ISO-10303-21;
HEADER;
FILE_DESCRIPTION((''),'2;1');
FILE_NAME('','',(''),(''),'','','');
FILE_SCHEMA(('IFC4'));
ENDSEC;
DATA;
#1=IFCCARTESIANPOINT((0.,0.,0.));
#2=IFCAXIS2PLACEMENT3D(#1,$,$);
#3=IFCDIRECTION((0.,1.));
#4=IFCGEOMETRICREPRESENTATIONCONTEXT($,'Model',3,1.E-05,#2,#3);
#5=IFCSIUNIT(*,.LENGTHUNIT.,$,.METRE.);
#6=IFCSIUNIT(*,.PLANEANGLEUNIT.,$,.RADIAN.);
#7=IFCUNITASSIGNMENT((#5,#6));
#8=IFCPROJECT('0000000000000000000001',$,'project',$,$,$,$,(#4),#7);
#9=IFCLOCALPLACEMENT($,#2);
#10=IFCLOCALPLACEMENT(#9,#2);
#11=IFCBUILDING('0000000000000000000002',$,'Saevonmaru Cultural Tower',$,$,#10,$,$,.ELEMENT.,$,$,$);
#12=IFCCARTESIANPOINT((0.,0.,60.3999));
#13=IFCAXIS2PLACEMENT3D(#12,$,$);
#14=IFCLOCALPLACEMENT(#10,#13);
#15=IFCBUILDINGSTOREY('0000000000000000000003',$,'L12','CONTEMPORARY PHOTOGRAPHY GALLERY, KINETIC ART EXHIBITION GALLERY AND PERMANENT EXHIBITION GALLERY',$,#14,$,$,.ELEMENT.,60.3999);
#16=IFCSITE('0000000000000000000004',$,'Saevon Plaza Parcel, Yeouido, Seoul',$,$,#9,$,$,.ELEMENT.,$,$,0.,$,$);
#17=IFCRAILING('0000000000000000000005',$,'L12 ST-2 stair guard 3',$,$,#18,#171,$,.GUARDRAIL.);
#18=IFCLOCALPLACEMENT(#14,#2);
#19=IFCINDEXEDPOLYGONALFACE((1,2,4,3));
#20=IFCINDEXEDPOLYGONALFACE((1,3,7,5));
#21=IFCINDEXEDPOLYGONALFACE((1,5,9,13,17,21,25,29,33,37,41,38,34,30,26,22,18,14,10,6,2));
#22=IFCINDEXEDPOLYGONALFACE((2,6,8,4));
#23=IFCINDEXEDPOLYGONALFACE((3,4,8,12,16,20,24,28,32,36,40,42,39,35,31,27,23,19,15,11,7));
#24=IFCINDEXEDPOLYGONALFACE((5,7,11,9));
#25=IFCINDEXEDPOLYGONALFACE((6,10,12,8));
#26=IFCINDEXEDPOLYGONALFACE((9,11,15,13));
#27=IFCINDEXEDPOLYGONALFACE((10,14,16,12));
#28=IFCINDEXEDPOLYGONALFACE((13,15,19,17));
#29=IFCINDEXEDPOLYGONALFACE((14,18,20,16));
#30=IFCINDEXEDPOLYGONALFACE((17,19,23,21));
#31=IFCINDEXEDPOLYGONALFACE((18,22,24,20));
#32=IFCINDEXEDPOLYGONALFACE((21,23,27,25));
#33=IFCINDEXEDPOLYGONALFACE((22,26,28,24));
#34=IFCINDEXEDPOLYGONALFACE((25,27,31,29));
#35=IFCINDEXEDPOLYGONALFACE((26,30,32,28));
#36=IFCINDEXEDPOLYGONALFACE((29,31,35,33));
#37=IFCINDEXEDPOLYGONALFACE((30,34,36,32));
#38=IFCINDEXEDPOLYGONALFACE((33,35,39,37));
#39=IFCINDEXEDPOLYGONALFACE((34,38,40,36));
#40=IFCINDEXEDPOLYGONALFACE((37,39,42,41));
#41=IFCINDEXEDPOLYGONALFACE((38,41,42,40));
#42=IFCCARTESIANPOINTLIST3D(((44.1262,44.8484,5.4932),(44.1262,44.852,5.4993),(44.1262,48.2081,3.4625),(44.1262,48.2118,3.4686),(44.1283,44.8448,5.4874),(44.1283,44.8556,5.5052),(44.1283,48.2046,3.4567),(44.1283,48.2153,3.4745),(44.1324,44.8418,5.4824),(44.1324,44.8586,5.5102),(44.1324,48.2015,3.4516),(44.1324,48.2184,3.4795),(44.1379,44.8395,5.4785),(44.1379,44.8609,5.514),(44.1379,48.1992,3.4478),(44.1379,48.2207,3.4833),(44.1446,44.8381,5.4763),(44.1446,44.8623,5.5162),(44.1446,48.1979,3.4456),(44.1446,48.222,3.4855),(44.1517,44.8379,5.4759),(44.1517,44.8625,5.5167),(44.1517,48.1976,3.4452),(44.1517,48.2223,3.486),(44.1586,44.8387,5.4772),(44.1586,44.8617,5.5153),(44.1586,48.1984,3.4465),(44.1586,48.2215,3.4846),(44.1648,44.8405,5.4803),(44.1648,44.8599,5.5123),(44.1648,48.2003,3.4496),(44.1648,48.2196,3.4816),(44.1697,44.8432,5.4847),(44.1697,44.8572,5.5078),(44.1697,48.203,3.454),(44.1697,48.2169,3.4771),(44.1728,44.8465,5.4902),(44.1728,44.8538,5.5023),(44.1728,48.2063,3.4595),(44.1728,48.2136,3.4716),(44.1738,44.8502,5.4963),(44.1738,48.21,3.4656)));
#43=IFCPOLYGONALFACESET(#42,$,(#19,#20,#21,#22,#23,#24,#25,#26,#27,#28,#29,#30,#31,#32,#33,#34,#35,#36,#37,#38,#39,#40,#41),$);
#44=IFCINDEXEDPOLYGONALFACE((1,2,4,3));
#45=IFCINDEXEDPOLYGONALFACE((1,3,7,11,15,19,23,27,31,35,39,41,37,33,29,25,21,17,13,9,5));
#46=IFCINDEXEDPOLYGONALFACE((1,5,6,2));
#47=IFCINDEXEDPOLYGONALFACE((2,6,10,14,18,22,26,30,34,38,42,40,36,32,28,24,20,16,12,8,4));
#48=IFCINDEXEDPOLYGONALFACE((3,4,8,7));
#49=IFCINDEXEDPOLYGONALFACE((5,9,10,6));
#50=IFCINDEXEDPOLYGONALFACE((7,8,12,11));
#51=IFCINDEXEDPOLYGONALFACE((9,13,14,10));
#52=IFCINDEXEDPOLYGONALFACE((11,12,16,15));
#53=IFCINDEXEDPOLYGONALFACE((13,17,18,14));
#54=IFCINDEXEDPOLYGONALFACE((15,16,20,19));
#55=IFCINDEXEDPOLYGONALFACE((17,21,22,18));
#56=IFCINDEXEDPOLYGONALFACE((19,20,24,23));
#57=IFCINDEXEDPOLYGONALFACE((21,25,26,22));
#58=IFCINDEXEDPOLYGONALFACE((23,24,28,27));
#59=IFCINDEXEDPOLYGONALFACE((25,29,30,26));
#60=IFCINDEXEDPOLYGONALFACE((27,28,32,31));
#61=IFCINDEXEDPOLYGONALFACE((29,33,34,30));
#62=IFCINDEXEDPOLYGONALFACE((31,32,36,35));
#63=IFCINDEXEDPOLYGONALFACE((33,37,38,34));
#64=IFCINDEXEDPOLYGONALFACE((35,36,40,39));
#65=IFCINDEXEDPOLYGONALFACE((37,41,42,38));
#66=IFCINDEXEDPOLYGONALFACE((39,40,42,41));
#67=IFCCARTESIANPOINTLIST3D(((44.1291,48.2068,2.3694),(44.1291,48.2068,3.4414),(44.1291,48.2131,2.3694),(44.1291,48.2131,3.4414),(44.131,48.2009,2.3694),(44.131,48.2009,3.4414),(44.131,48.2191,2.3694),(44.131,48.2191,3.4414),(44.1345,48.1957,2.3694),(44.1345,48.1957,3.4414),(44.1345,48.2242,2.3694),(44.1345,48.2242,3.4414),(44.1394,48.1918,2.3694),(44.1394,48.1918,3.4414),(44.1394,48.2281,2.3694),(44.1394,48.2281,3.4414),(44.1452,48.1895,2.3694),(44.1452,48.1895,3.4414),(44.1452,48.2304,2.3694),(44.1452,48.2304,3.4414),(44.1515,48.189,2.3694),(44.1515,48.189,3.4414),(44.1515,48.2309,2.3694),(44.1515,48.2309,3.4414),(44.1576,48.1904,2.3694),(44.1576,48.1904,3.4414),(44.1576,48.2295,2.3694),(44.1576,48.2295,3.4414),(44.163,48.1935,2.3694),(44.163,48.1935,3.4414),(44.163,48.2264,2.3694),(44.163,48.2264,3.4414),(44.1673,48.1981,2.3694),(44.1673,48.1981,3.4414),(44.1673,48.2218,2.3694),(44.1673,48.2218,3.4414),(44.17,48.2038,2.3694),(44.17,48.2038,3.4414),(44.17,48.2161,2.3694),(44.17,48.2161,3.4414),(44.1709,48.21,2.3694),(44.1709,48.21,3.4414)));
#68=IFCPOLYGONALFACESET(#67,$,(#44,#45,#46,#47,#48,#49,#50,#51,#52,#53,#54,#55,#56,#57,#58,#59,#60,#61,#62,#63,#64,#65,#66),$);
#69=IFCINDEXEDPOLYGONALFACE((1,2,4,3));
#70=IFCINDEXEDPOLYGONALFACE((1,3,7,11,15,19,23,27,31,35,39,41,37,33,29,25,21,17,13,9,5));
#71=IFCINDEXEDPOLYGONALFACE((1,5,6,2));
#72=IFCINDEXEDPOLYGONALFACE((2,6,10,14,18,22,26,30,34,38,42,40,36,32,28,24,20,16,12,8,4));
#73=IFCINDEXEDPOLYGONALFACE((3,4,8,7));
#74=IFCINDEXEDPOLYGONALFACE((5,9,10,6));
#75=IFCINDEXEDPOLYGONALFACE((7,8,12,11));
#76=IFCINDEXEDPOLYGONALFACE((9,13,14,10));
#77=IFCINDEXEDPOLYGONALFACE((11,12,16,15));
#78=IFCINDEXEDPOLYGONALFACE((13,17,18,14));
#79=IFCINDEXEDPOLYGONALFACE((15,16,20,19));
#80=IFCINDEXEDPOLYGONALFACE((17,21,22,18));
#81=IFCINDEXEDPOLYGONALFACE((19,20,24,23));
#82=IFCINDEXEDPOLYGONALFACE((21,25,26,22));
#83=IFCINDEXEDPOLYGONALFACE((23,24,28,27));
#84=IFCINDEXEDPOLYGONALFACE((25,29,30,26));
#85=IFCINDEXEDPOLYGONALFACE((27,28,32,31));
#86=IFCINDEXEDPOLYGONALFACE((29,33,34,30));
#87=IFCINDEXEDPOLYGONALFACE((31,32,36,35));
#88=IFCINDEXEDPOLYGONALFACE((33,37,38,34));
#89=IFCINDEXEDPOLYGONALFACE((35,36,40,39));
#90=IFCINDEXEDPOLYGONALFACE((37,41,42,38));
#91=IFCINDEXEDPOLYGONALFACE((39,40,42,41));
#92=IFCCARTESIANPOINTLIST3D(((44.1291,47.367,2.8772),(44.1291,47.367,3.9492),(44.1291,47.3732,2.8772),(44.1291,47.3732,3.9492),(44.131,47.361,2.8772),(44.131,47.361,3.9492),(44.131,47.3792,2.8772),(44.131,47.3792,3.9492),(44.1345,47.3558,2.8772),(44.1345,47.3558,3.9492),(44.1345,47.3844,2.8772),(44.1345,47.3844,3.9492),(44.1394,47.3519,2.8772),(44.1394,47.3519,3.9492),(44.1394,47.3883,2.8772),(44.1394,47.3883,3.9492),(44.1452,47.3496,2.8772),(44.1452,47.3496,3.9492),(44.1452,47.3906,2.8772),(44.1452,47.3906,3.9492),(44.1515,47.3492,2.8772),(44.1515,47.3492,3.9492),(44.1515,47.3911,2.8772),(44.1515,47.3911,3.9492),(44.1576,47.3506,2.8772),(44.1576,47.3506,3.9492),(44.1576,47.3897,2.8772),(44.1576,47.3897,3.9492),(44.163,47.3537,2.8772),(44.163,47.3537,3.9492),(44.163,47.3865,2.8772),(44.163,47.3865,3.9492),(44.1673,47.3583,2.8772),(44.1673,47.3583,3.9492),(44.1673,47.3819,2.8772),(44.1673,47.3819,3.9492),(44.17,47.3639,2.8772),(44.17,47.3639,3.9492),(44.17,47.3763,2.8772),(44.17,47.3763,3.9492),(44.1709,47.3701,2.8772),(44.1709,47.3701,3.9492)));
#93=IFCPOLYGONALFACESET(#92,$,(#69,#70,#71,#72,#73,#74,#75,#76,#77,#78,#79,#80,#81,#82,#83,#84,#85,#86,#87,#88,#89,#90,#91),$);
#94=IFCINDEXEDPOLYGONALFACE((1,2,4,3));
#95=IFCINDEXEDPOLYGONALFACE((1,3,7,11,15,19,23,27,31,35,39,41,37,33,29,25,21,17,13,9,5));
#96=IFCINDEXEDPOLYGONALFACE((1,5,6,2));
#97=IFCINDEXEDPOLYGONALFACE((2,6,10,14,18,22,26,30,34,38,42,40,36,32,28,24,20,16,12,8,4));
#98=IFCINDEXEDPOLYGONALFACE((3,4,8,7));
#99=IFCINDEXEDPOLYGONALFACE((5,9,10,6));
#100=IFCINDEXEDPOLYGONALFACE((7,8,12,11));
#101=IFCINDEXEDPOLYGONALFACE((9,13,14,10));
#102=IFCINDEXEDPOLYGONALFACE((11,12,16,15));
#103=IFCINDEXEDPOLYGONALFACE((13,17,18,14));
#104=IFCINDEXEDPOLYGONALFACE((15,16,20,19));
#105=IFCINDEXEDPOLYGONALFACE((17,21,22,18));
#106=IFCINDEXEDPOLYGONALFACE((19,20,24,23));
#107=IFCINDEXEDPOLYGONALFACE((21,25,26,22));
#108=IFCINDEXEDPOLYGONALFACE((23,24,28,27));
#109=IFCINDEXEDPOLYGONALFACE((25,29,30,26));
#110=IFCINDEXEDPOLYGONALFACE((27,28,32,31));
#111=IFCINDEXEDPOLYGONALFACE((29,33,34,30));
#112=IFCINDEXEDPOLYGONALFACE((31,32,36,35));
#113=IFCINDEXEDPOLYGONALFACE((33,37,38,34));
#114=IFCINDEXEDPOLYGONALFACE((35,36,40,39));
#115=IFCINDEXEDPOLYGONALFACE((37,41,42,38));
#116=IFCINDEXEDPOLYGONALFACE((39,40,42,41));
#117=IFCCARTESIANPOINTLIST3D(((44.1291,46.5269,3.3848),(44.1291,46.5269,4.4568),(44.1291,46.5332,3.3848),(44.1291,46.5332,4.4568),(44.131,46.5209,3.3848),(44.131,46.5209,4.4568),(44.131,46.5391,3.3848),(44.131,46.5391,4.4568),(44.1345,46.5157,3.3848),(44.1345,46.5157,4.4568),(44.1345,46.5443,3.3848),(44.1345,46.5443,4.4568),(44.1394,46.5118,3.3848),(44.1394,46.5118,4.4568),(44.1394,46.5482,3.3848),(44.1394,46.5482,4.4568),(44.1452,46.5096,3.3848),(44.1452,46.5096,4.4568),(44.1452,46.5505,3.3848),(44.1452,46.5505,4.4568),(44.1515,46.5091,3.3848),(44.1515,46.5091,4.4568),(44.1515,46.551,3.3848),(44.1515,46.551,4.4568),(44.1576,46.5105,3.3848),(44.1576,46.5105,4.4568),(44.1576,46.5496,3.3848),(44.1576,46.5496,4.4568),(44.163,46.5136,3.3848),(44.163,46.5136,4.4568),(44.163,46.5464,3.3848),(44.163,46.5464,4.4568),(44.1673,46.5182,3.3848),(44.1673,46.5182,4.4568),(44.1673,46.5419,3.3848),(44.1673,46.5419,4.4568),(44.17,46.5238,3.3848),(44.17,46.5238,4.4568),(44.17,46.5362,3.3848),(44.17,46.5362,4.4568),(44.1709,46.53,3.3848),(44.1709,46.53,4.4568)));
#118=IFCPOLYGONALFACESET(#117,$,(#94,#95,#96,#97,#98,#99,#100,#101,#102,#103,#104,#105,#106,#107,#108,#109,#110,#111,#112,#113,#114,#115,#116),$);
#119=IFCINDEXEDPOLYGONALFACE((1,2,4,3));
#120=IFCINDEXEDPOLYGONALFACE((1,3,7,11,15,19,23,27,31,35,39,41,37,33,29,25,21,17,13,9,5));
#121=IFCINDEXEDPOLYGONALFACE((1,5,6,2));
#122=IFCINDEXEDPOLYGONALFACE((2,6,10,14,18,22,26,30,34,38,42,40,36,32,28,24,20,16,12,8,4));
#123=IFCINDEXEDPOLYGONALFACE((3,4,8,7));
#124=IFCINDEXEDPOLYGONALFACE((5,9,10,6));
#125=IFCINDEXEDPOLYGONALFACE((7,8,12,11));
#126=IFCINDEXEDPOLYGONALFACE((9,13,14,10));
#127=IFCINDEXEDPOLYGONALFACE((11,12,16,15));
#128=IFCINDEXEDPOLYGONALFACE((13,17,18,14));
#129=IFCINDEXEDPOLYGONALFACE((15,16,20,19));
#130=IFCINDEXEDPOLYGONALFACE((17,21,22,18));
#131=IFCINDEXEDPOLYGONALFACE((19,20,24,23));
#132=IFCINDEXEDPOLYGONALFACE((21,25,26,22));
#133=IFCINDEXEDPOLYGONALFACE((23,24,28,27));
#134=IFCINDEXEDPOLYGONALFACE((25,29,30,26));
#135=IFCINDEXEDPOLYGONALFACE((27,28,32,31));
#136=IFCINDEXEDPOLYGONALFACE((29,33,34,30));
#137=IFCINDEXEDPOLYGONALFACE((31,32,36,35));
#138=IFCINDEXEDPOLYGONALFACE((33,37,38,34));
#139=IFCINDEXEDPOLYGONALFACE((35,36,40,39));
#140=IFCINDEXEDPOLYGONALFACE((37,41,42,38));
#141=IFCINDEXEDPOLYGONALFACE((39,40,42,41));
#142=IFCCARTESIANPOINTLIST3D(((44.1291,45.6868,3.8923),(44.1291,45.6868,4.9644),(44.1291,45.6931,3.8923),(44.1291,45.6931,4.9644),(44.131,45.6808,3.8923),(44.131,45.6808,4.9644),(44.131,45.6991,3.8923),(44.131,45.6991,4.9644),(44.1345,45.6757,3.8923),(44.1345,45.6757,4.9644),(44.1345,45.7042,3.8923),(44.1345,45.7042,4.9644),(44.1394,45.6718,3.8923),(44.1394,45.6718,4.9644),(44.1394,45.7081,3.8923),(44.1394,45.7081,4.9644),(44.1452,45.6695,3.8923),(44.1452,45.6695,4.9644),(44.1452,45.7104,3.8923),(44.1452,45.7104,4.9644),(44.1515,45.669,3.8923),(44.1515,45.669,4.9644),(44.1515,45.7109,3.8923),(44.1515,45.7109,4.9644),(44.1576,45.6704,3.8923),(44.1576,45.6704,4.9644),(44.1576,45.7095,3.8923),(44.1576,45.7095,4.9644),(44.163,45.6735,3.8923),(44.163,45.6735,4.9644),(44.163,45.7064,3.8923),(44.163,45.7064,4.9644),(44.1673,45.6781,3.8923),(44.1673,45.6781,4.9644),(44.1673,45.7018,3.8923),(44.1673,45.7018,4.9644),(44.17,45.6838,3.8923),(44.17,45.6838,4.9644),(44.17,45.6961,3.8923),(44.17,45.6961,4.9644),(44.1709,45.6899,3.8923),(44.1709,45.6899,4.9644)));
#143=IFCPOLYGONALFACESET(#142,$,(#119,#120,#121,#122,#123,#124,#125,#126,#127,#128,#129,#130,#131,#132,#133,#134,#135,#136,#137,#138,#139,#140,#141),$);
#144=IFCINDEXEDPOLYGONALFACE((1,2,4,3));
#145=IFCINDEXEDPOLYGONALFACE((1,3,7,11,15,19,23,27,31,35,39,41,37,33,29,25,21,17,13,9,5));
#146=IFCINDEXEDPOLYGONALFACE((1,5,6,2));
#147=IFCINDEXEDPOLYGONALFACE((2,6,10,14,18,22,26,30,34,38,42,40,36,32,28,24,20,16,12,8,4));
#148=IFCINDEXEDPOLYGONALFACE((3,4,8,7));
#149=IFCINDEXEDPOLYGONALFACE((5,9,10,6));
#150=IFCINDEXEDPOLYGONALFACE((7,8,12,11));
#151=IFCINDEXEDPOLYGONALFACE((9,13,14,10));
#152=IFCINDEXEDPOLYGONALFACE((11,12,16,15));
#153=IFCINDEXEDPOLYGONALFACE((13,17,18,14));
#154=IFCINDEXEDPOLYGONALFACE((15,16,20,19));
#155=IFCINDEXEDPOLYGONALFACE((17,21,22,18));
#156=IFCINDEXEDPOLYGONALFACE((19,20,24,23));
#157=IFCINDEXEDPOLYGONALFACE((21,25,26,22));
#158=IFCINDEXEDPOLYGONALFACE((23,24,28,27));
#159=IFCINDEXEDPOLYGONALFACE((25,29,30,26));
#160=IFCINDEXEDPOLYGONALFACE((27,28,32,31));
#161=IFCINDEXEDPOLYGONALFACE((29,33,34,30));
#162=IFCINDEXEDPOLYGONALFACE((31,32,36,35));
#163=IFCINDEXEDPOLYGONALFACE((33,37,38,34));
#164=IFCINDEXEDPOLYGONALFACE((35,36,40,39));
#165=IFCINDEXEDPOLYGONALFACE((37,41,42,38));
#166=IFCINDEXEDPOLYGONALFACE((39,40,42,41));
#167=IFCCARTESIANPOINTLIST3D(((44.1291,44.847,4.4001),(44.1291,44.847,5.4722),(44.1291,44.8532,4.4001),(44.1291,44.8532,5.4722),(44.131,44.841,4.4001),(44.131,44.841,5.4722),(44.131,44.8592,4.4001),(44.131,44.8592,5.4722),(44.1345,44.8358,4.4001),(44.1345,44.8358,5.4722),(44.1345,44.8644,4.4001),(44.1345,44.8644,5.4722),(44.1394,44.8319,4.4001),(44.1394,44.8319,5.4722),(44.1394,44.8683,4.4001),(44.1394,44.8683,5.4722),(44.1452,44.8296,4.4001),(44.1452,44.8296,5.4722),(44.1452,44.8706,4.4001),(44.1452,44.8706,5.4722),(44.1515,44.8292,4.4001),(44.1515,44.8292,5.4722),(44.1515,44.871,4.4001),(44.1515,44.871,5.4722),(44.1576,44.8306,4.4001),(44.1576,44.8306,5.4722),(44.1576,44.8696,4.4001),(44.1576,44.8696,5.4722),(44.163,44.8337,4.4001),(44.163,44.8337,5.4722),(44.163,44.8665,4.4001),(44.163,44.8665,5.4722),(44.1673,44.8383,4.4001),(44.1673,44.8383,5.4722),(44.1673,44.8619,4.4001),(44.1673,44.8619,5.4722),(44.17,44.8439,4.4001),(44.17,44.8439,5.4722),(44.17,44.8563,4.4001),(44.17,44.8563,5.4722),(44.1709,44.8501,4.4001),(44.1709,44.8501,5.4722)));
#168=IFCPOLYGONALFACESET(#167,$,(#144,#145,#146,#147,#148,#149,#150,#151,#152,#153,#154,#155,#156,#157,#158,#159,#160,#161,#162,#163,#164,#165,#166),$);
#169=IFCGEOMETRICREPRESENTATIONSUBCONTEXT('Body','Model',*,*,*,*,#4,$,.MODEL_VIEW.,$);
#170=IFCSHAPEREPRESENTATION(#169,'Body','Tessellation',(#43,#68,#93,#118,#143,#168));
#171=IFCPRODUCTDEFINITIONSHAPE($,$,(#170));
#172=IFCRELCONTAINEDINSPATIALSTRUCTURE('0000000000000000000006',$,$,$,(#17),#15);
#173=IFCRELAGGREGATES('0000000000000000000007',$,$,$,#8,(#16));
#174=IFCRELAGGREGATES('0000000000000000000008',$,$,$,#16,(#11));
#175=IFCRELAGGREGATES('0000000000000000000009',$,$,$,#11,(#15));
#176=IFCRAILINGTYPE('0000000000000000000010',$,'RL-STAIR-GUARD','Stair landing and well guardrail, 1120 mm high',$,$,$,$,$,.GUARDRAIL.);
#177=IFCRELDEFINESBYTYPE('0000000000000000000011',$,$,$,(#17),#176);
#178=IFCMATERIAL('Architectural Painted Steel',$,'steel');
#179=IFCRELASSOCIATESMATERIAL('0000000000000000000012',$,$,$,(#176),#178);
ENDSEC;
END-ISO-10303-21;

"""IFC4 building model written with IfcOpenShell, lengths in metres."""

from ifc_helpers import new_model, si_unit, direction, frame, origin, origin_2d, place, context, subcontext, project, spatial, circle, extrude, material, type_object, element, save


model = new_model("IFC4")

# Units and contexts
model_context = context("Model", 3, precision=1e-05, world=origin(), true_north=direction((0.0, 1.0)))
body_context = subcontext(model_context, "Body", "Model", "MODEL_VIEW")
ifc_project = project(units=[si_unit("LENGTHUNIT", "METRE"), si_unit("PLANEANGLEUNIT", "RADIAN")], contexts=[model_context])

# Site, building, storey
site_placement = place(None, origin())
site = spatial("IfcSite", under=ifc_project, at=site_placement, Name="Saevon Plaza Parcel, Yeouido, Seoul", CompositionType="ELEMENT", RefElevation=0.0)
building_placement = place(site_placement, origin())
building = spatial("IfcBuilding", under=site, at=building_placement, Name="Saevonmaru Cultural Tower", CompositionType="ELEMENT")
storey_placement = place(building_placement, frame((0.0, 0.0, 60.3999)))
storey = spatial("IfcBuildingStorey", under=building, at=storey_placement, Name="L12", Description="CONTEMPORARY PHOTOGRAPHY GALLERY, KINETIC ART EXHIBITION GALLERY AND PERMANENT EXHIBITION GALLERY", CompositionType="ELEMENT", Elevation=60.3999)

# Railing
ifc_material_1 = material(Name="Architectural Painted Steel", Category="steel")
railing_type = type_object("IfcRailingType", Name="RL-STAIR-GUARD", Description="Stair landing and well guardrail, 1120 mm high", PredefinedType="GUARDRAIL", material=ifc_material_1)
railing_1_placement = place(storey_placement, frame((44.1499, 48.21, 2.3694)))
element("IfcRailing", 1, at=railing_1_placement, inside=storey, type_object=railing_type, Name="L12 ST-2 stair guard 3", PredefinedType="GUARDRAIL", context=body_context, shape_type="SweptSolid", body=[
    extrude(circle(Radius=0.0239, at=origin_2d()), frame((0.0, 0.0, 1.0962), z_axis=(0.0, -0.85582, 0.517273), x_axis=(1.0, 0.0, 0.0)), (0.0, 0.0, 1.0), 3.9258),
    extrude(circle(Radius=0.021, at=origin_2d()), origin(), (0.0, 0.0, 1.0), 1.072),
    extrude(circle(Radius=0.021, at=origin_2d()), frame((0.0, -0.8398, 0.5078)), (0.0, 0.0, 1.0), 1.072),
    extrude(circle(Radius=0.021, at=origin_2d()), frame((0.0, -1.6799, 1.0154)), (0.0, 0.0, 1.0), 1.072),
    extrude(circle(Radius=0.021, at=origin_2d()), frame((0.0, -2.52, 1.5229)), (0.0, 0.0, 1.0), 1.072),
    extrude(circle(Radius=0.021, at=origin_2d()), frame((0.0, -3.3599, 2.0308)), (0.0, 0.0, 1.0), 1.072),
])

save(model, "model.ifc")
